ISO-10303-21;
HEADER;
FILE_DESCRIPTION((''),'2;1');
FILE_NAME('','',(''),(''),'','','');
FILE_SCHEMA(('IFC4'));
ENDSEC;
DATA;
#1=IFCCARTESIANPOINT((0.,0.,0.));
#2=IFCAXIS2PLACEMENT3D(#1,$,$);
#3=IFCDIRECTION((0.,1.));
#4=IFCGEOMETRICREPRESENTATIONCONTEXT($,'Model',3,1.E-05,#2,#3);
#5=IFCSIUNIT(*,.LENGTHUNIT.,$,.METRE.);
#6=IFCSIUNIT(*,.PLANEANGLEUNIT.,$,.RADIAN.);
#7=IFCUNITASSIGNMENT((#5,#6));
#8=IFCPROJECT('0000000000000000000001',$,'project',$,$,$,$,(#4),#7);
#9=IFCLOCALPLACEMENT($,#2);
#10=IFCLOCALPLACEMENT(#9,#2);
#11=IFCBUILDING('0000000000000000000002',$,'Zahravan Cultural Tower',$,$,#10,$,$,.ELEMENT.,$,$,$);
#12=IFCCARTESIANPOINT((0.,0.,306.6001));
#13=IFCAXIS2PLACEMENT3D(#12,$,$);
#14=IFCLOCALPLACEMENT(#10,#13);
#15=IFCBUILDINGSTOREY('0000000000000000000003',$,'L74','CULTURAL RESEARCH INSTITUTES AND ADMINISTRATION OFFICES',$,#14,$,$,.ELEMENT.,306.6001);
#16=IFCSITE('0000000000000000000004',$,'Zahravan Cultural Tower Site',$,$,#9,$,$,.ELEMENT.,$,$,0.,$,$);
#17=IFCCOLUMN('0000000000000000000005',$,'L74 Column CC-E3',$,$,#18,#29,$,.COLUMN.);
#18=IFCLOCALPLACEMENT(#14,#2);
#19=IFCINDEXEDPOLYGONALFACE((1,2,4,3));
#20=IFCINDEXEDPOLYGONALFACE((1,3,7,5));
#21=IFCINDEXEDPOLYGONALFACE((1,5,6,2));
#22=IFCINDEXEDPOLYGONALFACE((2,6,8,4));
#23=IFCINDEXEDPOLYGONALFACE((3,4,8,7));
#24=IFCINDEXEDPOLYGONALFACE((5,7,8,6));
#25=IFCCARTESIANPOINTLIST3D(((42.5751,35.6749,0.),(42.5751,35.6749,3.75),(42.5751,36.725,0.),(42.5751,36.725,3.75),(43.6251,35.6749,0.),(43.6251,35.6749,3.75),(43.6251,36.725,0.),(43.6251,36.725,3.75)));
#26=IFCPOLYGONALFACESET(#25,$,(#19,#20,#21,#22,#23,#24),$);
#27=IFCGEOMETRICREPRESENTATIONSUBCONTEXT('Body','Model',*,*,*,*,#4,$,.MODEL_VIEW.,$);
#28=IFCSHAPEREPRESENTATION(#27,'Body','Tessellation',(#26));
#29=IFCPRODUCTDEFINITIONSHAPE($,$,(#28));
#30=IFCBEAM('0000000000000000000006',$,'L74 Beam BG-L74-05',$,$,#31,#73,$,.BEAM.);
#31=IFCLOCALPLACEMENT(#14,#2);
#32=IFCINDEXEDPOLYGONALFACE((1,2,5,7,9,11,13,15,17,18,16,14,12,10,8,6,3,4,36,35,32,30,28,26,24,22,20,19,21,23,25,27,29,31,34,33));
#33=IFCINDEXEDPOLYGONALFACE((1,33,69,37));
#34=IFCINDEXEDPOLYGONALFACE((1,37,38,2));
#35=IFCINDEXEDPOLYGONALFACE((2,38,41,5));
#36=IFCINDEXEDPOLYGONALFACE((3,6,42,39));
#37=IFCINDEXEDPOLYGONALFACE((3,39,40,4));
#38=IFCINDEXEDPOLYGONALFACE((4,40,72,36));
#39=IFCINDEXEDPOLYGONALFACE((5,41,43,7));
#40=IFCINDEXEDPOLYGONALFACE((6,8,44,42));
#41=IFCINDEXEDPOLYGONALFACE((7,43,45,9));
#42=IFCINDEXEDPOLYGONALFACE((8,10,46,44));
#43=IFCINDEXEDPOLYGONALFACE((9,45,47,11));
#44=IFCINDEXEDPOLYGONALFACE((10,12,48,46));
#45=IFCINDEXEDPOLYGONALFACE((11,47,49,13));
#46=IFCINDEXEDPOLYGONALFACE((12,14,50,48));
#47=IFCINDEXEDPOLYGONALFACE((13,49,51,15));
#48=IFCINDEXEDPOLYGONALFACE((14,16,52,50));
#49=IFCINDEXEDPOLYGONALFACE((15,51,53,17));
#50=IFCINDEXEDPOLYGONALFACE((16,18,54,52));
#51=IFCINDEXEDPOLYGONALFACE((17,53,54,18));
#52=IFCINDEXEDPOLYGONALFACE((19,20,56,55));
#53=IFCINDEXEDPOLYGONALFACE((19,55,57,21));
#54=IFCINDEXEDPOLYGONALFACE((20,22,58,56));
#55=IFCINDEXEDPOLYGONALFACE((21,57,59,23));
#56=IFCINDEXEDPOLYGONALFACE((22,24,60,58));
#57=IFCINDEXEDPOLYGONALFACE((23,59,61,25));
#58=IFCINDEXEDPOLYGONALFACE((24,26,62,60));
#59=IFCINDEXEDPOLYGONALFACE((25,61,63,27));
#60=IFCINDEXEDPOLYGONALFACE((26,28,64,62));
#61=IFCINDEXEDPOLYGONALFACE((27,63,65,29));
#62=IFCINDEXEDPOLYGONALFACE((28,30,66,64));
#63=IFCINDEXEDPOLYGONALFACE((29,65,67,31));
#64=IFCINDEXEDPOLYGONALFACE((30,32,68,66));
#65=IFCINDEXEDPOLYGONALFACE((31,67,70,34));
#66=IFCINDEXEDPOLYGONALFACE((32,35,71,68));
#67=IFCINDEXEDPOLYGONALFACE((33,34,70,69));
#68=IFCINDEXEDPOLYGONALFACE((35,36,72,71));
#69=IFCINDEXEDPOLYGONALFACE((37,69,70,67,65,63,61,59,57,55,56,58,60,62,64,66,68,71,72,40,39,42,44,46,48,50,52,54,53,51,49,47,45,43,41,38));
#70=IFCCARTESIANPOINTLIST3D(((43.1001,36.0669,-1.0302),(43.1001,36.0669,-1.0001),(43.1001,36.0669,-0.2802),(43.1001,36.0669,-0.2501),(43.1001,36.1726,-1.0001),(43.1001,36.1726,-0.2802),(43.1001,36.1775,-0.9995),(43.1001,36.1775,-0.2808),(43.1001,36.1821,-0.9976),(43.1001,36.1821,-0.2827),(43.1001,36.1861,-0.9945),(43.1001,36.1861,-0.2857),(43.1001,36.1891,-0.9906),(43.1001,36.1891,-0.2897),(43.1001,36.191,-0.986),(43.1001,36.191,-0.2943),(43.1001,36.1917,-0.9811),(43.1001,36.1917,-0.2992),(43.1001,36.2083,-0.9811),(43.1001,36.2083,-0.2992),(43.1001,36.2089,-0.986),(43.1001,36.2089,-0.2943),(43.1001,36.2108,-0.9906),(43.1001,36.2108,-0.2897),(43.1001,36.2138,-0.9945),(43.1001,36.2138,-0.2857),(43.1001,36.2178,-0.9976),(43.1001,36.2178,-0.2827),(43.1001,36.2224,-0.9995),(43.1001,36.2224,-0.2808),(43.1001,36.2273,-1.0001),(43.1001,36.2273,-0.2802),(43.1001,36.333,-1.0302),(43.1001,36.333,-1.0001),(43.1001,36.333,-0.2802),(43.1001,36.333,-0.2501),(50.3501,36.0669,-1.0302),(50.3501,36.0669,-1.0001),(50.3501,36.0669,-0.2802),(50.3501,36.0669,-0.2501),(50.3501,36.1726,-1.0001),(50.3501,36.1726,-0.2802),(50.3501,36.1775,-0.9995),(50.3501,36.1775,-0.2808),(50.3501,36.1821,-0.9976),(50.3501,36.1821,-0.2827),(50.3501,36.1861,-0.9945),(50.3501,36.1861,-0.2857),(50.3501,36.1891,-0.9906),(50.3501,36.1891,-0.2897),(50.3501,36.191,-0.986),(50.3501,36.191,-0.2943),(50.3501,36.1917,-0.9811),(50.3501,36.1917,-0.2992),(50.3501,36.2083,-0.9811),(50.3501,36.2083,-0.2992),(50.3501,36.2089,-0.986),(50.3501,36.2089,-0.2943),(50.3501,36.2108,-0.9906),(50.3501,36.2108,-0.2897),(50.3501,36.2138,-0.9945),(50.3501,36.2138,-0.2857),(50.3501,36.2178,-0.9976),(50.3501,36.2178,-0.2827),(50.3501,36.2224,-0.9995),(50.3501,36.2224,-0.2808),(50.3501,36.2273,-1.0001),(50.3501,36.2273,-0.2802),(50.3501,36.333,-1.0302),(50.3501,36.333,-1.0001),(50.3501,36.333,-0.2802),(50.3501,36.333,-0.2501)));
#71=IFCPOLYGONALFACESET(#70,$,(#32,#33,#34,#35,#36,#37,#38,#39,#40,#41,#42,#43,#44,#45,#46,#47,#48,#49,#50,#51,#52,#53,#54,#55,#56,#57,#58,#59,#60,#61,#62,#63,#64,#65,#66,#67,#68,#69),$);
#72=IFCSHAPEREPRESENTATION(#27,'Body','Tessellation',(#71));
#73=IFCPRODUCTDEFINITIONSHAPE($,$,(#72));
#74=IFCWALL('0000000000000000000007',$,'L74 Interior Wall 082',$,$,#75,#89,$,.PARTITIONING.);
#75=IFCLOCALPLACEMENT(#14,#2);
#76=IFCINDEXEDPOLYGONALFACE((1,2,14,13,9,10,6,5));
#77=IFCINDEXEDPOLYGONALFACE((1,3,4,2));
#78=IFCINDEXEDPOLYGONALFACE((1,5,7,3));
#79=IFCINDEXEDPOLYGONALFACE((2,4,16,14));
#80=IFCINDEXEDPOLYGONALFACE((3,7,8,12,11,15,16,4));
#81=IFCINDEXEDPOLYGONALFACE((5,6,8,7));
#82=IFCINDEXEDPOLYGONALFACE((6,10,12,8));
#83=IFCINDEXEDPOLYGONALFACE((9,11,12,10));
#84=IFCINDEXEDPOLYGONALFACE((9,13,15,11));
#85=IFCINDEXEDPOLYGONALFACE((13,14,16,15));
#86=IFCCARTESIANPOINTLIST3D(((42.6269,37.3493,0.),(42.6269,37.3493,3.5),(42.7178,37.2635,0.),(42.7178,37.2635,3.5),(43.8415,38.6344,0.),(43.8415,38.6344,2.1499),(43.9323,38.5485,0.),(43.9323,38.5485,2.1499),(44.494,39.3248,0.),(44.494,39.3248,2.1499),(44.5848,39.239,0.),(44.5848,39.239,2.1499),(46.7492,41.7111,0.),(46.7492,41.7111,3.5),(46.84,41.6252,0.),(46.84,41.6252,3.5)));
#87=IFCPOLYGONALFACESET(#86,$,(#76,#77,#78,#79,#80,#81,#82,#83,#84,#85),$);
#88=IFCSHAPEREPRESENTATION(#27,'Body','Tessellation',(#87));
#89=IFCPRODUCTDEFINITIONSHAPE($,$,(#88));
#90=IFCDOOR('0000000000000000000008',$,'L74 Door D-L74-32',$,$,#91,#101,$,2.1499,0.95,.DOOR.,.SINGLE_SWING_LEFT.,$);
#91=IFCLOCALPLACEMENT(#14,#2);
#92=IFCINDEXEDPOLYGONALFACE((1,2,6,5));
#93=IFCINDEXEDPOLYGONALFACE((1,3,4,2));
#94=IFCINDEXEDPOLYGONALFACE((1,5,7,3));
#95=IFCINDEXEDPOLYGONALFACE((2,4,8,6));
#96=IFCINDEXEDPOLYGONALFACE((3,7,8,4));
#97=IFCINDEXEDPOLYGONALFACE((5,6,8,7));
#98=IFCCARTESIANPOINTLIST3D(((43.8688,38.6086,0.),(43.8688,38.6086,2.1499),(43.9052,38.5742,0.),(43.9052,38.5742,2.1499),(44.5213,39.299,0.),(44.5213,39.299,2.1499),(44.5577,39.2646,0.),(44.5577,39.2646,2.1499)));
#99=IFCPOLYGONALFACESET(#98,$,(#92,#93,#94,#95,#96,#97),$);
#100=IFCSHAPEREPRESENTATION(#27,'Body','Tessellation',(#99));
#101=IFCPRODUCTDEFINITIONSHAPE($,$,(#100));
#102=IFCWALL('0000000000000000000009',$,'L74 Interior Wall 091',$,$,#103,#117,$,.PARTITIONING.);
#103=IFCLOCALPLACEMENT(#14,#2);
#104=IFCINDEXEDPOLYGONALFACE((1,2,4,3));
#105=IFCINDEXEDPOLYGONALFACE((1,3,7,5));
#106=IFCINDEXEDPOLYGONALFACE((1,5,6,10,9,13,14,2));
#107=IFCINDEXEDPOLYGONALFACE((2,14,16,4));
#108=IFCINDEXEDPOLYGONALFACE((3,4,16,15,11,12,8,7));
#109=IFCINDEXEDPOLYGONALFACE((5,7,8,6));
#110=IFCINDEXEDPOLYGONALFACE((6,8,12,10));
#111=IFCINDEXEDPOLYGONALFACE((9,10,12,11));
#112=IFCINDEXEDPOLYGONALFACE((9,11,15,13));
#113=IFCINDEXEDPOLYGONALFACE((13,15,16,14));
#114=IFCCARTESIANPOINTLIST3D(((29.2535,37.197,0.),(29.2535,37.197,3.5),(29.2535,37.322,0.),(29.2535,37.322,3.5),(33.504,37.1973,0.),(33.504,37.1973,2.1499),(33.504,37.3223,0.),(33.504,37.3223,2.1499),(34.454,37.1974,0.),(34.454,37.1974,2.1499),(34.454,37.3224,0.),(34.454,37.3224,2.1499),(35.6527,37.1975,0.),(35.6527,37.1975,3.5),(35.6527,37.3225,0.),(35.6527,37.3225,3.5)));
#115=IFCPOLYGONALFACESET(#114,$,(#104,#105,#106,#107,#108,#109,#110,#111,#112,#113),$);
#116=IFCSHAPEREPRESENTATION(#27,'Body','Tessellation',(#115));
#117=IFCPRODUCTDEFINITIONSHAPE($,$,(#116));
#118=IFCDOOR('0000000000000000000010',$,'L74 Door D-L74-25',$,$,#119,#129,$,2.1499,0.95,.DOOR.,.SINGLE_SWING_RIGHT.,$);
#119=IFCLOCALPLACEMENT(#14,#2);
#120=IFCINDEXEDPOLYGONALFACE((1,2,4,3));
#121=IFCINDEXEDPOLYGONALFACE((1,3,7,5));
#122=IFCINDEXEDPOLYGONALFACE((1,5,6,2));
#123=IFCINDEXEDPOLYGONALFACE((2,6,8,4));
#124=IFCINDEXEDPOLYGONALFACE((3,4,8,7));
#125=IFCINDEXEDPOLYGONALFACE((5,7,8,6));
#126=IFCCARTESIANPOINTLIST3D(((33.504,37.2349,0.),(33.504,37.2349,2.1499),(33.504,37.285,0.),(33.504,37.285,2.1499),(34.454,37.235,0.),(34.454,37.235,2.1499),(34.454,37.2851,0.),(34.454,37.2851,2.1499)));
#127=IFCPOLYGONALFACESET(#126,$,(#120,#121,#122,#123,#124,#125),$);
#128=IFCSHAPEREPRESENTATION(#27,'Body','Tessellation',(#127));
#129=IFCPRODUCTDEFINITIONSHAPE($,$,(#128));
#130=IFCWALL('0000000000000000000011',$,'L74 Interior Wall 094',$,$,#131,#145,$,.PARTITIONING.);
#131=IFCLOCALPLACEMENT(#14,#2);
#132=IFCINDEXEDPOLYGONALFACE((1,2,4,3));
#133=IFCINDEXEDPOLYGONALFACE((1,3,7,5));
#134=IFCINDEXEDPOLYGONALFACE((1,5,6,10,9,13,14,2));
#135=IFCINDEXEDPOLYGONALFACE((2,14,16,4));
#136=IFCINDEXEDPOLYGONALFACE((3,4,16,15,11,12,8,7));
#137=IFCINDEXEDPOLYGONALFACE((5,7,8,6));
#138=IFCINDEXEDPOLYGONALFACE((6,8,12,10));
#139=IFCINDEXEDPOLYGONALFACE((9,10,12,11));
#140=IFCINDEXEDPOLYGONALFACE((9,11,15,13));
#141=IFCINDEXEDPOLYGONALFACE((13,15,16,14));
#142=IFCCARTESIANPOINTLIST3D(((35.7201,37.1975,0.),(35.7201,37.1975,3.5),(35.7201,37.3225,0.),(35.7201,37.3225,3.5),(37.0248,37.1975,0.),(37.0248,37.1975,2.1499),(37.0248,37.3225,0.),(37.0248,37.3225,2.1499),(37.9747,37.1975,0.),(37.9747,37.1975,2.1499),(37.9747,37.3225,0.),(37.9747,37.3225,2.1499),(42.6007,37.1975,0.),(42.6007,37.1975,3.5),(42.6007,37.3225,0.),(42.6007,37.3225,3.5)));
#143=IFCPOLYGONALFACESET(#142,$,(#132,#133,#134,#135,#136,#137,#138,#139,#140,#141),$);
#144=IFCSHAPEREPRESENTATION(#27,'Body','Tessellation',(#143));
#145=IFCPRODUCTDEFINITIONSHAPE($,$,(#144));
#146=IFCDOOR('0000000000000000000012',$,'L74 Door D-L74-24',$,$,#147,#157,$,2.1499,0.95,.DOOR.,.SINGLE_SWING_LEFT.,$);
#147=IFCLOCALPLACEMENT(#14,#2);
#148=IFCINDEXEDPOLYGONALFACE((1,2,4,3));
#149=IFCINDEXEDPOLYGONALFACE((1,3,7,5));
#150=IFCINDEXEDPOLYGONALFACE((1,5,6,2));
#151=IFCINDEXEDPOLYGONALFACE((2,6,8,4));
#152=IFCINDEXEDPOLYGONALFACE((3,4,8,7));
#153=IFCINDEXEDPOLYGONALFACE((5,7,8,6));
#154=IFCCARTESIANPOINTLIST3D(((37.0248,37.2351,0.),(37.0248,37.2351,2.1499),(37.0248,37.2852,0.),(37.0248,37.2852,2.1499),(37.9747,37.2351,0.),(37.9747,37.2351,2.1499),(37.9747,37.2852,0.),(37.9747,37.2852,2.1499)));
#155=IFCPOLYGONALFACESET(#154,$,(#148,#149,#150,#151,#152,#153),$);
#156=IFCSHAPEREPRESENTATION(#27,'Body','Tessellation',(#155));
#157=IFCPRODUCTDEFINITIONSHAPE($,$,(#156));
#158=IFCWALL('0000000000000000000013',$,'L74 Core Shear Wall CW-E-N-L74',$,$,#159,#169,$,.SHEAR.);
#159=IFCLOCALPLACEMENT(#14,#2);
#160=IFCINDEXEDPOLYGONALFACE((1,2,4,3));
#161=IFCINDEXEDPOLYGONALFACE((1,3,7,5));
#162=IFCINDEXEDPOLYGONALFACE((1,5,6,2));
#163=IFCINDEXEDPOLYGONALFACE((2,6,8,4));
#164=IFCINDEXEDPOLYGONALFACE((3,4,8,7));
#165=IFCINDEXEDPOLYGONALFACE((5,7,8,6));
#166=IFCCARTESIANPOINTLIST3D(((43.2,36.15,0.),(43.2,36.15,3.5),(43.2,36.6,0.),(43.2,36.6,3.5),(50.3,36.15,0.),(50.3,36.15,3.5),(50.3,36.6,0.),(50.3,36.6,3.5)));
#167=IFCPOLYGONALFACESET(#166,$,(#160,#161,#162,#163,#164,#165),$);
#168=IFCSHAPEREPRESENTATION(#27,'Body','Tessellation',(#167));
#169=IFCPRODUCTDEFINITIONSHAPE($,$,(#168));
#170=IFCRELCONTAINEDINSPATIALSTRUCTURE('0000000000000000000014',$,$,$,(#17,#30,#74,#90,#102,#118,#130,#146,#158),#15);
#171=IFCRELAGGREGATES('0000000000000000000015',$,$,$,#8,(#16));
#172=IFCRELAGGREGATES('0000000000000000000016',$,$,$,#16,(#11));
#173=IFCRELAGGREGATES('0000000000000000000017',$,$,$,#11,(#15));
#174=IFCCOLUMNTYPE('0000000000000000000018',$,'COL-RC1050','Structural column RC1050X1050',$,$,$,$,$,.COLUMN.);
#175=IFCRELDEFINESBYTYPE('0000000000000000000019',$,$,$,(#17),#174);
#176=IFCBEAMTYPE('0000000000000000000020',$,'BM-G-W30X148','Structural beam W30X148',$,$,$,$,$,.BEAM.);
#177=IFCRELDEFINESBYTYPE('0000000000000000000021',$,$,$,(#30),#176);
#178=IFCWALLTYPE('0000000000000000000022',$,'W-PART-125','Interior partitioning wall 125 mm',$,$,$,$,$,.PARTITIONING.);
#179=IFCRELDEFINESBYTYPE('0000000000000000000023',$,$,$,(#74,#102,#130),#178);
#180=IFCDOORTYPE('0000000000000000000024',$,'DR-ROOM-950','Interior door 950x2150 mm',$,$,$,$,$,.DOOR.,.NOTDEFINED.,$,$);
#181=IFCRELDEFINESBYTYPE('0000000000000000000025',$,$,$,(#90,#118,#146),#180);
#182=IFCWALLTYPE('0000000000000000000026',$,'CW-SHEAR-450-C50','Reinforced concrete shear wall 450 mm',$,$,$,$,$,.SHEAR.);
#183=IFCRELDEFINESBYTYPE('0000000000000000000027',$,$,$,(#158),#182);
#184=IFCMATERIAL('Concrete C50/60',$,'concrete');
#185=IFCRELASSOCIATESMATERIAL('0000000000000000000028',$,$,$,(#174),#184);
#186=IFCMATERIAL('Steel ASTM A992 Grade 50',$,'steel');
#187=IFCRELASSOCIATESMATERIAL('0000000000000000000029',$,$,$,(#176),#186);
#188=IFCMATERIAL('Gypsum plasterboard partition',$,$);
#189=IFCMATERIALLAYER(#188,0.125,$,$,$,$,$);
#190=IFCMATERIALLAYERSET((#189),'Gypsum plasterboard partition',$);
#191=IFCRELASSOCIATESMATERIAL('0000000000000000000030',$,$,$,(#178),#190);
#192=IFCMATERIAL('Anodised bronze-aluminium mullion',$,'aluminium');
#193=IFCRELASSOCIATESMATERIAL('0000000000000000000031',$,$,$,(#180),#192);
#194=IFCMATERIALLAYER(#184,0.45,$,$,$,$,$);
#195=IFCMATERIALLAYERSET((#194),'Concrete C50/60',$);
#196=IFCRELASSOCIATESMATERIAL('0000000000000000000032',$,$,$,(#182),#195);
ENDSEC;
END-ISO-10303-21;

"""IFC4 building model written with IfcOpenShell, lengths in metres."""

from ifc_helpers import new_model, si_unit, direction, frame, frame_2d, origin, origin_2d, place, context, subcontext, project, spatial, rectangle, i_section, extrude, source, transform, mapped, material, layer, layer_set, material_profile, profile_set, type_object, element, fill, save


model = new_model("IFC4")

# Units and contexts
model_context = context("Model", 3, precision=1e-05, world=origin(), true_north=direction((0.0, 1.0)))
body_context = subcontext(model_context, "Body", "Model", "MODEL_VIEW")
ifc_project = project(units=[si_unit("LENGTHUNIT", "METRE"), si_unit("PLANEANGLEUNIT", "RADIAN")], contexts=[model_context])

# Site, building, storey
site_placement = place(None, origin())
site = spatial("IfcSite", under=ifc_project, at=site_placement, Name="Zahravan Cultural Tower Site", CompositionType="ELEMENT", RefElevation=0.0)
building_placement = place(site_placement, origin())
building = spatial("IfcBuilding", under=site, at=building_placement, Name="Zahravan Cultural Tower", CompositionType="ELEMENT")
storey_placement = place(building_placement, frame((0.0, 0.0, 306.6001)))
storey = spatial("IfcBuildingStorey", under=building, at=storey_placement, Name="L74", Description="CULTURAL RESEARCH INSTITUTES AND ADMINISTRATION OFFICES", CompositionType="ELEMENT", Elevation=306.6001)

# Column
ifc_material_1 = material(Name="Concrete C50/60", Category="concrete")
ifc_material_profile_1 = material_profile(ifc_material_1, rectangle(XDim=1.05, YDim=1.05, at=origin_2d()), Name="RC1050X1050")
ifc_profile_set_1 = profile_set([ifc_material_profile_1], Name="Concrete C50/60")
column_type = type_object("IfcColumnType", Name="COL-RC1050", Description="Structural column RC1050X1050", PredefinedType="COLUMN", material=ifc_profile_set_1)
shared_shape_1 = source(origin(), body_context, "Body", "SweptSolid", [
    extrude(rectangle(XDim=1.05, YDim=1.05, at=origin_2d()), origin(), (0.0, 0.0, 1.0), 3.75),
])
column_placement = place(storey_placement, frame((43.1001, 36.2, 0.0), z_axis=(0.0, 0.0, 1.0), x_axis=(1.0, 0.0, 0.0)))
element("IfcColumn", 1, at=column_placement, inside=storey, type_object=column_type, Name="L74 Column CC-E3", PredefinedType="COLUMN", context=body_context, shape_type="MappedRepresentation", body=[
    mapped(shared_shape_1, transform((0.0, 0.0, 0.0), x_axis=(1.0, 0.0, 0.0), y_axis=(0.0, 1.0, 0.0), z_axis=(0.0, 0.0, 1.0), scale=1.0)),
])

# Beam
ifc_material_2 = material(Name="Steel ASTM A992 Grade 50", Category="steel")
ifc_material_profile_2 = material_profile(ifc_material_2, i_section(OverallWidth=0.2661, OverallDepth=0.78, WebThickness=0.0166, FlangeThickness=0.03, FilletRadius=0.019, at=origin_2d()), Name="W30X148")
ifc_profile_set_2 = profile_set([ifc_material_profile_2], Name="Steel ASTM A992 Grade 50")
beam_type = type_object("IfcBeamType", Name="BM-G-W30X148", Description="Structural beam W30X148", PredefinedType="BEAM", material=ifc_profile_set_2)
shared_shape_2 = source(origin(), body_context, "Body", "SweptSolid", [
    extrude(i_section(OverallWidth=0.2661, OverallDepth=0.78, WebThickness=0.0166, FlangeThickness=0.03, FilletRadius=0.019, at=origin_2d()), origin(), (0.0, 0.0, 1.0), 7.25),
])
beam_placement = place(storey_placement, frame((43.1001, 36.2, -0.6401), z_axis=(1.0, 0.0, 0.0), x_axis=(0.0, 1.0, 0.0)))
element("IfcBeam", 2, at=beam_placement, inside=storey, type_object=beam_type, Name="L74 Beam BG-L74-05", PredefinedType="BEAM", context=body_context, shape_type="MappedRepresentation", body=[
    mapped(shared_shape_2, transform((0.0, 0.0, 0.0), x_axis=(1.0, 0.0, 0.0), y_axis=(0.0, 1.0, 0.0), z_axis=(0.0, 0.0, 1.0), scale=1.0)),
])

# Walls, openings, doors
ifc_material_3 = material(Name="Anodised bronze-aluminium mullion", Category="aluminium")
ifc_material_4 = material(Name="Gypsum plasterboard partition")
ifc_layer_1 = layer(ifc_material_4, 0.125)
ifc_layer_set_1 = layer_set([ifc_layer_1], Name="Gypsum plasterboard partition")
wall_type_1 = type_object("IfcWallType", Name="W-PART-125", Description="Interior partitioning wall 125 mm", PredefinedType="PARTITIONING", material=ifc_layer_set_1)
wall_1_placement = place(storey_placement, frame((42.6724, 37.3064, 0.0), z_axis=(0.0, 0.0, 1.0), x_axis=(0.686872, 0.726778, 0.0)))
wall_1 = element("IfcWall", 3, at=wall_1_placement, inside=storey, type_object=wall_type_1, Name="L74 Interior Wall 082", PredefinedType="PARTITIONING", context=body_context, shape_type="SweptSolid", body=[
    extrude(rectangle(XDim=6.0015, YDim=0.125, at=frame_2d((3.0007, 0.0))), origin(), (0.0, 0.0, 1.0), 3.5),
])
opening_1_placement = place(wall_1_placement, frame((1.7681, 0.0, 0.0)))
opening_1 = element("IfcOpeningElement", 4, at=opening_1_placement, cuts=wall_1, PredefinedType="OPENING", context=body_context, shape_type="SweptSolid", body=[
    extrude(rectangle(XDim=0.95, YDim=2.1499, at=frame_2d((0.4751, 1.075))), frame((0.0, 0.0725, 0.0), z_axis=(0.0, -1.0, 0.0), x_axis=(1.0, 0.0, 0.0)), (0.0, 0.0, 1.0), 0.145),
])
door_type_1 = type_object("IfcDoorType", Name="DR-ROOM-950", Description="Interior door 950x2150 mm", OperationType="NOTDEFINED", PredefinedType="DOOR", material=ifc_material_3)
shared_shape_3 = source(origin(), body_context, "Body", "SweptSolid", [
    extrude(rectangle(XDim=0.95, YDim=2.1499, at=frame_2d((0.4751, 1.075))), frame((0.0, 0.0249, 0.0), z_axis=(0.0, -1.0, 0.0), x_axis=(1.0, 0.0, 0.0)), (0.0, 0.0, 1.0), 0.05),
])
door_1_placement = place(opening_1_placement, origin())
door_1 = element("IfcDoor", 5, at=door_1_placement, inside=storey, type_object=door_type_1, Name="L74 Door D-L74-32", OperationType="SINGLE_SWING_LEFT", OverallHeight=2.1499, OverallWidth=0.95, PredefinedType="DOOR", context=body_context, shape_type="MappedRepresentation", body=[
    mapped(shared_shape_3, transform((0.0, 0.0, 0.0), x_axis=(1.0, 0.0, 0.0), y_axis=(0.0, 1.0, 0.0), z_axis=(0.0, 0.0, 1.0), scale=1.0)),
])
fill(opening_1, door_1)
wall_2_placement = place(storey_placement, frame((35.6528, 37.26, 0.0), z_axis=(0.0, 0.0, 1.0), x_axis=(-1.0, -0.000076, 0.0)))
wall_2 = element("IfcWall", 6, at=wall_2_placement, inside=storey, type_object=wall_type_1, Name="L74 Interior Wall 091", PredefinedType="PARTITIONING", context=body_context, shape_type="SweptSolid", body=[
    extrude(rectangle(XDim=6.3992, YDim=0.125, at=frame_2d((3.1997, 0.0))), origin(), (0.0, 0.0, 1.0), 3.5),
])
opening_2_placement = place(wall_2_placement, frame((1.1987, 0.0, 0.0)))
opening_2 = element("IfcOpeningElement", 7, at=opening_2_placement, cuts=wall_2, PredefinedType="OPENING", context=body_context, shape_type="SweptSolid", body=[
    extrude(rectangle(XDim=0.95, YDim=2.1499, at=frame_2d((0.4751, 1.075))), frame((0.0, 0.0725, 0.0), z_axis=(0.0, -1.0, 0.0), x_axis=(1.0, 0.0, 0.0)), (0.0, 0.0, 1.0), 0.145),
])
door_2_placement = place(opening_2_placement, origin())
door_2 = element("IfcDoor", 8, at=door_2_placement, inside=storey, type_object=door_type_1, Name="L74 Door D-L74-25", OperationType="SINGLE_SWING_RIGHT", OverallHeight=2.1499, OverallWidth=0.95, PredefinedType="DOOR", context=body_context, shape_type="MappedRepresentation", body=[
    mapped(shared_shape_3, transform((0.0, 0.0, 0.0), x_axis=(1.0, 0.0, 0.0), y_axis=(0.0, 1.0, 0.0), z_axis=(0.0, 0.0, 1.0), scale=1.0)),
])
fill(opening_2, door_2)
wall_3_placement = place(storey_placement, frame((42.6008, 37.26, 0.0), z_axis=(0.0, 0.0, 1.0), x_axis=(-1.0, 0.0, 0.0)))
wall_3 = element("IfcWall", 9, at=wall_3_placement, inside=storey, type_object=wall_type_1, Name="L74 Interior Wall 094", PredefinedType="PARTITIONING", context=body_context, shape_type="SweptSolid", body=[
    extrude(rectangle(XDim=6.8806, YDim=0.125, at=frame_2d((3.4404, 0.0))), origin(), (0.0, 0.0, 1.0), 3.5),
])
opening_3_placement = place(wall_3_placement, frame((4.626, 0.0, 0.0)))
opening_3 = element("IfcOpeningElement", 10, at=opening_3_placement, cuts=wall_3, PredefinedType="OPENING", context=body_context, shape_type="SweptSolid", body=[
    extrude(rectangle(XDim=0.95, YDim=2.1499, at=frame_2d((0.4751, 1.075))), frame((0.0, 0.0725, 0.0), z_axis=(0.0, -1.0, 0.0), x_axis=(1.0, 0.0, 0.0)), (0.0, 0.0, 1.0), 0.145),
])
door_3_placement = place(opening_3_placement, origin())
door_3 = element("IfcDoor", 11, at=door_3_placement, inside=storey, type_object=door_type_1, Name="L74 Door D-L74-24", OperationType="SINGLE_SWING_LEFT", OverallHeight=2.1499, OverallWidth=0.95, PredefinedType="DOOR", context=body_context, shape_type="MappedRepresentation", body=[
    mapped(shared_shape_3, transform((0.0, 0.0, 0.0), x_axis=(1.0, 0.0, 0.0), y_axis=(0.0, 1.0, 0.0), z_axis=(0.0, 0.0, 1.0), scale=1.0)),
])
fill(opening_3, door_3)

# Wall
ifc_layer_2 = layer(ifc_material_1, 0.45)
ifc_layer_set_2 = layer_set([ifc_layer_2], Name="Concrete C50/60")
wall_type_2 = type_object("IfcWallType", Name="CW-SHEAR-450-C50", Description="Reinforced concrete shear wall 450 mm", PredefinedType="SHEAR", material=ifc_layer_set_2)
shared_shape_4 = source(origin(), body_context, "Body", "SweptSolid", [
    extrude(rectangle(XDim=7.1001, YDim=0.45, at=frame_2d((3.55, 0.0))), origin(), (0.0, 0.0, 1.0), 3.5),
])
wall_4_placement = place(storey_placement, frame((43.2, 36.375, 0.0), z_axis=(0.0, 0.0, 1.0), x_axis=(1.0, 0.0, 0.0)))
element("IfcWall", 12, at=wall_4_placement, inside=storey, type_object=wall_type_2, Name="L74 Core Shear Wall CW-E-N-L74", PredefinedType="SHEAR", context=body_context, shape_type="MappedRepresentation", body=[
    mapped(shared_shape_4, transform((0.0, 0.0, 0.0), x_axis=(1.0, 0.0, 0.0), y_axis=(0.0, 1.0, 0.0), z_axis=(0.0, 0.0, 1.0), scale=1.0)),
])

save(model, "model.ifc")
